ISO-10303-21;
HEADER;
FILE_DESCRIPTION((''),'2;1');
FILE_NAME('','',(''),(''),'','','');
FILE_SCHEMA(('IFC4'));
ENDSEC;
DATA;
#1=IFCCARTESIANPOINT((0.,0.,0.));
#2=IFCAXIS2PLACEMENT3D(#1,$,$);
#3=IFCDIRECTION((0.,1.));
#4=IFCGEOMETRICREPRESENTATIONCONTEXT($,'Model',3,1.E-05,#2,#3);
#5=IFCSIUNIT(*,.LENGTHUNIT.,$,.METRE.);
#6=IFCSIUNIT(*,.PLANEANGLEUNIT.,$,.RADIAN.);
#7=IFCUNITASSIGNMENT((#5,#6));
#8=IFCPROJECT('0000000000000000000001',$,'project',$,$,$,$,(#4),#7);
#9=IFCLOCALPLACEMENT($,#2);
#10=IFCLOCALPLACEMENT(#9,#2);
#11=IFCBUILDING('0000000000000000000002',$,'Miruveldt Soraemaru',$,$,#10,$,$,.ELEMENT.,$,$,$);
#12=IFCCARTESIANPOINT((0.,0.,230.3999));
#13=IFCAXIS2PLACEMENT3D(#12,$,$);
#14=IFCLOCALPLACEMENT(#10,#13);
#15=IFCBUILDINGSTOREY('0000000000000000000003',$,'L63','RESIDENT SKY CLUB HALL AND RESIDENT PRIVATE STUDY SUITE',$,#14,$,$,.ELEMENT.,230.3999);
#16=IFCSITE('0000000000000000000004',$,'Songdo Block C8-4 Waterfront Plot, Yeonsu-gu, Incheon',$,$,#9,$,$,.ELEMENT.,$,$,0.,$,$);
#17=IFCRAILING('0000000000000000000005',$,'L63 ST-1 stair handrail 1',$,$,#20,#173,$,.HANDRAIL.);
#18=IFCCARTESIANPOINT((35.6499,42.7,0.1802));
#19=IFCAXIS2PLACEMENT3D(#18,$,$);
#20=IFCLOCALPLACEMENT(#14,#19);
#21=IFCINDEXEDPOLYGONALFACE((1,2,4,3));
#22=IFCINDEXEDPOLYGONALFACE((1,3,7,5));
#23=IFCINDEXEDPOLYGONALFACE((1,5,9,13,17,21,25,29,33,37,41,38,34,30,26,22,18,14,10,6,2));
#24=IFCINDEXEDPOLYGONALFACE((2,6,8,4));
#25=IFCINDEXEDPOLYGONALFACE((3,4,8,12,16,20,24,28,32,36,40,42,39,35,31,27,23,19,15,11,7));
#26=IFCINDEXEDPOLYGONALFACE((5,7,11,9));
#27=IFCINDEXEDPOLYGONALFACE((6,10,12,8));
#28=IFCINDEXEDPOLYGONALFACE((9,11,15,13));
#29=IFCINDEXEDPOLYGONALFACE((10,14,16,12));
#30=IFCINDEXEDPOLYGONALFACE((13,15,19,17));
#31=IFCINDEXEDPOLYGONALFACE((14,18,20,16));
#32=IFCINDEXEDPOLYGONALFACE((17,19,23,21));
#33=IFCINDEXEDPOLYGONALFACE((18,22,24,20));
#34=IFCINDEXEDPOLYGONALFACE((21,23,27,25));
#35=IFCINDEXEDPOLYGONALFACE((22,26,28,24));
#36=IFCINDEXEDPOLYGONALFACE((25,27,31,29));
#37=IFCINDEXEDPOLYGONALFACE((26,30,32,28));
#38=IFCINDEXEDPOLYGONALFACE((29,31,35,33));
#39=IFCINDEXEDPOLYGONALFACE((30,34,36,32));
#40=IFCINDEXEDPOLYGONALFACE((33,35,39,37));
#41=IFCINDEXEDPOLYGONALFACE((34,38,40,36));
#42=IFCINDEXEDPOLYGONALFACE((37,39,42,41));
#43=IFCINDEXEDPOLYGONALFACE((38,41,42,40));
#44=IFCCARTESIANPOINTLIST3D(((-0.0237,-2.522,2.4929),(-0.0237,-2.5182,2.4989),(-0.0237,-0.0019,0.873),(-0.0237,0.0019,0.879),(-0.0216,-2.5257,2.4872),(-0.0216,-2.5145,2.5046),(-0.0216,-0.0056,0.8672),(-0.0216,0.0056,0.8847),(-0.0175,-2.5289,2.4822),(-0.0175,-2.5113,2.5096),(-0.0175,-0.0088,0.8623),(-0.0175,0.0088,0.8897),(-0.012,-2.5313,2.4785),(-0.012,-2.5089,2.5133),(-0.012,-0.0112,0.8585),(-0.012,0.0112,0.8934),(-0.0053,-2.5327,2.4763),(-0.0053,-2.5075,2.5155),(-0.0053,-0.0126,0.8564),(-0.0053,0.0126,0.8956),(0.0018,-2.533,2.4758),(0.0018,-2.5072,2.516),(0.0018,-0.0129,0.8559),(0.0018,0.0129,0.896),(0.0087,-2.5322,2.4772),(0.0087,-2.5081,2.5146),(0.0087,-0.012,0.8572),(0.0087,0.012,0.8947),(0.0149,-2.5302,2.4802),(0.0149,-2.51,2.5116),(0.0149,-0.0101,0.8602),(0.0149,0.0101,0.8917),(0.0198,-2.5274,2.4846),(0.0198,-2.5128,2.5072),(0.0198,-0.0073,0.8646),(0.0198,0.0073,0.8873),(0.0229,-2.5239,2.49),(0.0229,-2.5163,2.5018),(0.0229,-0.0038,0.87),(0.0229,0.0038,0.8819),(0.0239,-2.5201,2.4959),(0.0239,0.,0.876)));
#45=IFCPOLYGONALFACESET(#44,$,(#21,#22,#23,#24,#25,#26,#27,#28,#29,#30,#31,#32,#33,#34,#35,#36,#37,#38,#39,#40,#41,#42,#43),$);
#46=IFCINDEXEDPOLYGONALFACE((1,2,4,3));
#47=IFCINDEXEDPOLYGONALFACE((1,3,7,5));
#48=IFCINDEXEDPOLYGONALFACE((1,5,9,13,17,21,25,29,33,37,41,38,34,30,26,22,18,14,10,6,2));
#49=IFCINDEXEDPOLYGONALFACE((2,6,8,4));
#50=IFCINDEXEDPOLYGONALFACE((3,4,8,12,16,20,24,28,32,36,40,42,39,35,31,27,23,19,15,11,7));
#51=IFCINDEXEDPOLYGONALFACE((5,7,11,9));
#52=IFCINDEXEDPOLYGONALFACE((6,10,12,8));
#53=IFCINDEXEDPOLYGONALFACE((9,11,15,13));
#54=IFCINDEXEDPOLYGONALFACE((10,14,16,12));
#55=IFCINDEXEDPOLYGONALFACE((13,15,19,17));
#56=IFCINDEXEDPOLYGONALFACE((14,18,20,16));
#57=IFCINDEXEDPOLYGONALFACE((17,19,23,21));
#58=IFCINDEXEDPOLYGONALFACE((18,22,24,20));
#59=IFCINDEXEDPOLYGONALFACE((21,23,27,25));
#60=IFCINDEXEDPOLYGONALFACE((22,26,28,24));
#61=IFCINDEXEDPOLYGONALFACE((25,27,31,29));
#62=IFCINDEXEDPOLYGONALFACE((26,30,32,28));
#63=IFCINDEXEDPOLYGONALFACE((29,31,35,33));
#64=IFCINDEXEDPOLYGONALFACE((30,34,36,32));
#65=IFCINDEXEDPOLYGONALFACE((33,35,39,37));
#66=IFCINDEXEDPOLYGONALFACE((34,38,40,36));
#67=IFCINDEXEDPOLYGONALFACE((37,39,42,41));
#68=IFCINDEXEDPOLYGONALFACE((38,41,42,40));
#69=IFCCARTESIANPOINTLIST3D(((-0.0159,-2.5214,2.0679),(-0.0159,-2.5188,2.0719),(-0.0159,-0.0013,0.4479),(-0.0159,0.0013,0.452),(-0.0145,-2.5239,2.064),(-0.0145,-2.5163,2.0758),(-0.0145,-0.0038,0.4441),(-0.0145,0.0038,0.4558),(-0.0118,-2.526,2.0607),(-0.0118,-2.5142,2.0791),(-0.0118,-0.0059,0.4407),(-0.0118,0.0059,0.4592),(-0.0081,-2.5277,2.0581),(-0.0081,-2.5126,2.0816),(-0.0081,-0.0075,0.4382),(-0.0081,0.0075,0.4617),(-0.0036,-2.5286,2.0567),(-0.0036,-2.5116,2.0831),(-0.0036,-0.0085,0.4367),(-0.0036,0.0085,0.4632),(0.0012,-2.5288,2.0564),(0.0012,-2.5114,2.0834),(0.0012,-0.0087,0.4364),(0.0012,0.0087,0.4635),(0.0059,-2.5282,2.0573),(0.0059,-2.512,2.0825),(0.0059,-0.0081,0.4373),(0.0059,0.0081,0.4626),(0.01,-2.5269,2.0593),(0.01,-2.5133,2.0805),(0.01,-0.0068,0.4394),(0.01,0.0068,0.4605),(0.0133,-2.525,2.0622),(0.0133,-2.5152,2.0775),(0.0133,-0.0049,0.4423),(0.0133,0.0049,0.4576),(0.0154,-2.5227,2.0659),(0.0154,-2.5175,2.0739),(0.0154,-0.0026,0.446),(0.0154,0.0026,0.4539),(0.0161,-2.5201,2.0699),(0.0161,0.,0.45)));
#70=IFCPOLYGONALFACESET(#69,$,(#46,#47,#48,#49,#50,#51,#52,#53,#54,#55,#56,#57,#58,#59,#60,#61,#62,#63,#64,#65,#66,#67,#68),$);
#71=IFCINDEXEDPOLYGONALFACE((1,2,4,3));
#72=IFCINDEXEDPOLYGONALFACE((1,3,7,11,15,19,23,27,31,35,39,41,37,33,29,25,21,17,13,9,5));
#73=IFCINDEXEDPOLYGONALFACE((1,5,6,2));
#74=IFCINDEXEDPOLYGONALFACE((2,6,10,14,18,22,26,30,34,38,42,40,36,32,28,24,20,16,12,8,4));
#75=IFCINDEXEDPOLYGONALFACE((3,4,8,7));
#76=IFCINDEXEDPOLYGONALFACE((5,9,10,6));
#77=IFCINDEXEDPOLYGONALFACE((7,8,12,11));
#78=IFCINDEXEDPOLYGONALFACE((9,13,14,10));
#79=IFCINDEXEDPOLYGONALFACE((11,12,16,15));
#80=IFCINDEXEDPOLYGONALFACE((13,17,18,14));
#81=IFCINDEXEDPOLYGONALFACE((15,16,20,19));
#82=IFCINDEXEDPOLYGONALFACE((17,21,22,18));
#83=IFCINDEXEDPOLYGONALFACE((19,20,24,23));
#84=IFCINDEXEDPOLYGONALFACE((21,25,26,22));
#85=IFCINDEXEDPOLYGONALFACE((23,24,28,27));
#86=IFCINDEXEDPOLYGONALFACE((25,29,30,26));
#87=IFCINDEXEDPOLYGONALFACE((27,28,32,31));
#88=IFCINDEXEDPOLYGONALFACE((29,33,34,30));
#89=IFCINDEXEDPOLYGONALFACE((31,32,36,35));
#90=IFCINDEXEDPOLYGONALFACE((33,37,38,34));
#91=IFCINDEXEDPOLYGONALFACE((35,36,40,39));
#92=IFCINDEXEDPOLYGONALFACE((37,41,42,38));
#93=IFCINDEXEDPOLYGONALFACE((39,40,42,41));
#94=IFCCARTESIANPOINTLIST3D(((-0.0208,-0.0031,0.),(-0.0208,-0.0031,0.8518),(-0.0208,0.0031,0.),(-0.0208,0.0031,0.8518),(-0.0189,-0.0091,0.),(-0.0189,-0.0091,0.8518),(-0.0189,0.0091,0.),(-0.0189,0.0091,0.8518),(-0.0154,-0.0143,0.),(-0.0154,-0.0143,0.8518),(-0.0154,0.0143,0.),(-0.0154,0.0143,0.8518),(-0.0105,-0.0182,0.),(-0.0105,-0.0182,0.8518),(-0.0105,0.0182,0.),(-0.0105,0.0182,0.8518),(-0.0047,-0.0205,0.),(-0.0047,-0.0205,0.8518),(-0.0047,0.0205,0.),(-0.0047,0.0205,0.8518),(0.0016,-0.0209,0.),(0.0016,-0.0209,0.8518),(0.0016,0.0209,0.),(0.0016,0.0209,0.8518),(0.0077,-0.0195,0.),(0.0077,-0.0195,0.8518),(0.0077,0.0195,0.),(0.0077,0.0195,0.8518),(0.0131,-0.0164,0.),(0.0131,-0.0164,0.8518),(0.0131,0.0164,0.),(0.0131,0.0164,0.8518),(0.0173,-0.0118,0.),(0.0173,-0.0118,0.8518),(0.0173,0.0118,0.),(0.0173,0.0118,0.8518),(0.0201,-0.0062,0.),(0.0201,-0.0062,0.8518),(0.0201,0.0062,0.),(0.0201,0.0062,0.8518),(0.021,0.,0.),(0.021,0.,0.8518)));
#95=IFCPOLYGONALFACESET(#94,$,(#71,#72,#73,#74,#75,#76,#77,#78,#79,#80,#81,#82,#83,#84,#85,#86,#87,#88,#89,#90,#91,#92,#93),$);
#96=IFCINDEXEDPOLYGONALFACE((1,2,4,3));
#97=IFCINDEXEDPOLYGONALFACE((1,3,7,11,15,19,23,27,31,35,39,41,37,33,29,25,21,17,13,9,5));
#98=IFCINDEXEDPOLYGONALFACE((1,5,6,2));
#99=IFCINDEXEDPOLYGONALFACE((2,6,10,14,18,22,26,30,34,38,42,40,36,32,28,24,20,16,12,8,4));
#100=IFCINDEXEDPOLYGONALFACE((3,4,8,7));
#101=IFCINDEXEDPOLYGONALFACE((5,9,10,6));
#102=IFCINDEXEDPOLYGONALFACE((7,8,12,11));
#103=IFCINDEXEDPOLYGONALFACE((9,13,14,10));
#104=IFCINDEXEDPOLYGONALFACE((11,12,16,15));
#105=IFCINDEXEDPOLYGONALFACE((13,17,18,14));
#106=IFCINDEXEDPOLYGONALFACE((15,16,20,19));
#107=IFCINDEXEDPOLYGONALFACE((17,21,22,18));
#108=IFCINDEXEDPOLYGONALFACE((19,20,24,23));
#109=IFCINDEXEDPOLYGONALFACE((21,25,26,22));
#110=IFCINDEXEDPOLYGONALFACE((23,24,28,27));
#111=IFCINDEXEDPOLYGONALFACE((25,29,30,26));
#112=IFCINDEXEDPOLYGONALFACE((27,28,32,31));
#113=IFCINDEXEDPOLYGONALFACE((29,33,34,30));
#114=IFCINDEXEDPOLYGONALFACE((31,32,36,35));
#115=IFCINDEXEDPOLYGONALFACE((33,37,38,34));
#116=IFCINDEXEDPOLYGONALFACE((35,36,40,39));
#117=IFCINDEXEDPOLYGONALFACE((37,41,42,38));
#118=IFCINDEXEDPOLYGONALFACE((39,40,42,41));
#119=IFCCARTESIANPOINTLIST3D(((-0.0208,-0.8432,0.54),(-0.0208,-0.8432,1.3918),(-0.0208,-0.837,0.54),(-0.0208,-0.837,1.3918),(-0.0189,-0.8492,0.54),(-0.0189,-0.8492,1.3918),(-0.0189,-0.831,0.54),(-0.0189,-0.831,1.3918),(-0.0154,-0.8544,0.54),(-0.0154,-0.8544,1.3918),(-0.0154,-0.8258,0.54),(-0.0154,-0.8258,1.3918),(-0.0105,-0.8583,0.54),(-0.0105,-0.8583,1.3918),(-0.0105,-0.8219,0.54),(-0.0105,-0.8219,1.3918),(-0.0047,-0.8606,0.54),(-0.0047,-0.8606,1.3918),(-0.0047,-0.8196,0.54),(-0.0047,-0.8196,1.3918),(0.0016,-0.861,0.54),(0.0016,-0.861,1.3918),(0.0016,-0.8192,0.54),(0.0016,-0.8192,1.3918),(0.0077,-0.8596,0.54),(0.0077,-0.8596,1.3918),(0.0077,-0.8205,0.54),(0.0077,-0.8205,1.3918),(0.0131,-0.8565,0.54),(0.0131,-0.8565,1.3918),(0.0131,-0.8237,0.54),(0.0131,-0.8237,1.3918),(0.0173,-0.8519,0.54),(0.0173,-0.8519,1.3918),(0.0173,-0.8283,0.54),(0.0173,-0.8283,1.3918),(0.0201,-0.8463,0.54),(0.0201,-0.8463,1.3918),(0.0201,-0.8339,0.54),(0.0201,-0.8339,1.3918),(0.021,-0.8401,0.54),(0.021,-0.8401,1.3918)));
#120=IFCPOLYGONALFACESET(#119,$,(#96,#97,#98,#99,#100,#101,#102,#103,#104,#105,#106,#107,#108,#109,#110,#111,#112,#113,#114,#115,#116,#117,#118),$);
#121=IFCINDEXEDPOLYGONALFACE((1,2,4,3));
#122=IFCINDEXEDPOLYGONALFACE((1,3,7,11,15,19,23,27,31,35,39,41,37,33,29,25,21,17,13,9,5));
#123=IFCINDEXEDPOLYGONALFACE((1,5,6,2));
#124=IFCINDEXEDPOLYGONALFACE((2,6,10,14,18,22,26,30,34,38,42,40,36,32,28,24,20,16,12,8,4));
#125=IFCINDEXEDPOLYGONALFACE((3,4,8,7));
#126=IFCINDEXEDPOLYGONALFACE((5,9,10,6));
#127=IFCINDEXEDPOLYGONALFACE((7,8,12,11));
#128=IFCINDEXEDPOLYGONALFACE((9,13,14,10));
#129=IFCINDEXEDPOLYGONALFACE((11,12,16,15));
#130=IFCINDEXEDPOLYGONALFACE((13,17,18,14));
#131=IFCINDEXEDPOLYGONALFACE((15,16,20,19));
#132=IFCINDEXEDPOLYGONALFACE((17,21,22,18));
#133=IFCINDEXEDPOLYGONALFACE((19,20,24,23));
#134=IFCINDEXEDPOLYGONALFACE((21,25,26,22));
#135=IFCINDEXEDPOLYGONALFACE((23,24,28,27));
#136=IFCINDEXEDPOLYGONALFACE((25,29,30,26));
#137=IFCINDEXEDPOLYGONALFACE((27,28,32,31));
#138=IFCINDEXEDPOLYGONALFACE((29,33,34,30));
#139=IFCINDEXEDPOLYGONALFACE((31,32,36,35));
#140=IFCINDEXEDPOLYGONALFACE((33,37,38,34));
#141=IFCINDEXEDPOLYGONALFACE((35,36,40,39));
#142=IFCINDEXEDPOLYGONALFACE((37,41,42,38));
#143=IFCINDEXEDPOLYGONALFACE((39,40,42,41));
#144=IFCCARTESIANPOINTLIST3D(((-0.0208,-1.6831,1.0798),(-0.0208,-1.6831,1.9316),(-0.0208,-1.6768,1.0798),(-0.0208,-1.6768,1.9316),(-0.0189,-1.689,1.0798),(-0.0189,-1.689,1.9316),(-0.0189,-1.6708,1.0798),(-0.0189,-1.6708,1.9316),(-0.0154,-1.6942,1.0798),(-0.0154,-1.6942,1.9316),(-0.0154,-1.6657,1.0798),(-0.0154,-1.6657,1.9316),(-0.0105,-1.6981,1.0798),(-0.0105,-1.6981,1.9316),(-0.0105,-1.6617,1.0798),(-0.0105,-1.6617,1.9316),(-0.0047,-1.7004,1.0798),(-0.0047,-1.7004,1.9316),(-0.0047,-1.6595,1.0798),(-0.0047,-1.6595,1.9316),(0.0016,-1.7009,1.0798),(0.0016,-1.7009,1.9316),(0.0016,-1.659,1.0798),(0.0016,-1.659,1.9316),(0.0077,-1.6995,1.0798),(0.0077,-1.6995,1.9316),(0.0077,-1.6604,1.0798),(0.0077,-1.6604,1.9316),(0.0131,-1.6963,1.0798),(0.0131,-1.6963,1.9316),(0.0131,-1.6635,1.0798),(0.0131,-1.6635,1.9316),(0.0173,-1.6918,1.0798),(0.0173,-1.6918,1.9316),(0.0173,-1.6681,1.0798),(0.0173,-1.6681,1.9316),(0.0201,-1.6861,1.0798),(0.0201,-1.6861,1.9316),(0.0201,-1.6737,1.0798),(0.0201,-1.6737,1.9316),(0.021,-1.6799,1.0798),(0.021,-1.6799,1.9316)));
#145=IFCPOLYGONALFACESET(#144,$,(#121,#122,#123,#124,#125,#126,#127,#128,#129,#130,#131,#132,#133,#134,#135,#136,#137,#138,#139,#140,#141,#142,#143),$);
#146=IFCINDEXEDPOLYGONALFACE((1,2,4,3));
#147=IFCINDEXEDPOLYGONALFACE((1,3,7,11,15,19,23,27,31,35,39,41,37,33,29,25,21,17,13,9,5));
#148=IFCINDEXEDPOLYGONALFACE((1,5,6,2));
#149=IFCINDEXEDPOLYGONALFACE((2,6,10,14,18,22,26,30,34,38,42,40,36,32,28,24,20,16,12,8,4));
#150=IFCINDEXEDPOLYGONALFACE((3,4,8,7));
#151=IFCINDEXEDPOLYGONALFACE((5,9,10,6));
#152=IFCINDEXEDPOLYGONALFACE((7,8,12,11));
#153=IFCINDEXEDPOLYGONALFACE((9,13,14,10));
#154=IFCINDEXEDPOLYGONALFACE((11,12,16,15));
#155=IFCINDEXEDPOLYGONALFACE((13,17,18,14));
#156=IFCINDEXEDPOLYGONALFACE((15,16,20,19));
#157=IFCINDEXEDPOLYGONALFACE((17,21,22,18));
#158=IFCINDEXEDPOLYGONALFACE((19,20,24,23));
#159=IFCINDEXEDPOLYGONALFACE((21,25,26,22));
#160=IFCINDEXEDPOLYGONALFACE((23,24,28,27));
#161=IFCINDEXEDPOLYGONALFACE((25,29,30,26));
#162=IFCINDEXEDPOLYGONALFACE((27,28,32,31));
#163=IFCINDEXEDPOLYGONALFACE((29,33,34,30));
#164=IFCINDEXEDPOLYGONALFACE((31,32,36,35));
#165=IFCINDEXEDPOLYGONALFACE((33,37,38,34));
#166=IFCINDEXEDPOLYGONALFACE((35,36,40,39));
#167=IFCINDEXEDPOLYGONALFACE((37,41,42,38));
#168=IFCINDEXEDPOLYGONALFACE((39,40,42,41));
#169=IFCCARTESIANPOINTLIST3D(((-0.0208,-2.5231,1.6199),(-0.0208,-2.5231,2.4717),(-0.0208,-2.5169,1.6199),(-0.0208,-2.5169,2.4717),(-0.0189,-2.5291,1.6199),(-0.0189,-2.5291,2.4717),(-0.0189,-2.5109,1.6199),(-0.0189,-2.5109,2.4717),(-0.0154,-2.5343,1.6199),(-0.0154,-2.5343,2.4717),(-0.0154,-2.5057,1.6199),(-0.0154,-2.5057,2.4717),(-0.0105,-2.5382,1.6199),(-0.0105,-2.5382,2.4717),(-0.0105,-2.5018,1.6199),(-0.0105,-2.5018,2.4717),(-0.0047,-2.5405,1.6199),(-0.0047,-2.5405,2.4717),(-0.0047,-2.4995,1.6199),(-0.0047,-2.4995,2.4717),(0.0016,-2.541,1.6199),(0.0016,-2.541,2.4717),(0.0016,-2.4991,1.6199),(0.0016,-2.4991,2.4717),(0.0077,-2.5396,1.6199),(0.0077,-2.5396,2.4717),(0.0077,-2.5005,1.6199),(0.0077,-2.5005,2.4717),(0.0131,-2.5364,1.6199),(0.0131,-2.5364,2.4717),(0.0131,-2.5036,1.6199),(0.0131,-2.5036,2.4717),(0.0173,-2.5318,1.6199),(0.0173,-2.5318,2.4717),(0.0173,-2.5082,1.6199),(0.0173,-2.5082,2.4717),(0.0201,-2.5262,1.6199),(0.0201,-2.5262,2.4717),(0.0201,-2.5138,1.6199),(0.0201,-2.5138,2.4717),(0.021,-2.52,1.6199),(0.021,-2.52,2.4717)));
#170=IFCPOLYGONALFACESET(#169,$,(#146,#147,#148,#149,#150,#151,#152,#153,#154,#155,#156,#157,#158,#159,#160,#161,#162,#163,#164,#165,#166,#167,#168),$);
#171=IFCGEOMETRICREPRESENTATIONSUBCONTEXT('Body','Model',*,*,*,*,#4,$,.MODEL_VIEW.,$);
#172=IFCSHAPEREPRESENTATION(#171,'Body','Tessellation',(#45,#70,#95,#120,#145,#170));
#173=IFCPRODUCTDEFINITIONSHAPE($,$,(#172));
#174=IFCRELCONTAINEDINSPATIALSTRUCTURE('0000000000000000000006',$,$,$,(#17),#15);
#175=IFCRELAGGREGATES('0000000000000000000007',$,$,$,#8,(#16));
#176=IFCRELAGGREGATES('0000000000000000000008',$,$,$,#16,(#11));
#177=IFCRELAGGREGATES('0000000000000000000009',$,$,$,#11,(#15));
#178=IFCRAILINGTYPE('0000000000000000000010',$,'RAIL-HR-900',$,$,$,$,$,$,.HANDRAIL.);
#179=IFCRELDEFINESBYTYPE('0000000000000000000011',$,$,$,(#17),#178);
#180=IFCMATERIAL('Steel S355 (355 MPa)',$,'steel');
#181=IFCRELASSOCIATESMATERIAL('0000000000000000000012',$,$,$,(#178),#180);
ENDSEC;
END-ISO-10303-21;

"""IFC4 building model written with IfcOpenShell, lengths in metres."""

from ifc_helpers import new_model, si_unit, direction, frame, origin, origin_2d, place, context, subcontext, project, spatial, circle, extrude, material, type_object, element, save


model = new_model("IFC4")

# Units and contexts
model_context = context("Model", 3, precision=1e-05, world=origin(), true_north=direction((0.0, 1.0)))
body_context = subcontext(model_context, "Body", "Model", "MODEL_VIEW")
ifc_project = project(units=[si_unit("LENGTHUNIT", "METRE"), si_unit("PLANEANGLEUNIT", "RADIAN")], contexts=[model_context])

# Site, building, storey
site_placement = place(None, origin())
site = spatial("IfcSite", under=ifc_project, at=site_placement, Name="Songdo Block C8-4 Waterfront Plot, Yeonsu-gu, Incheon", CompositionType="ELEMENT", RefElevation=0.0)
building_placement = place(site_placement, origin())
building = spatial("IfcBuilding", under=site, at=building_placement, Name="Miruveldt Soraemaru", CompositionType="ELEMENT")
storey_placement = place(building_placement, frame((0.0, 0.0, 230.3999)))
storey = spatial("IfcBuildingStorey", under=building, at=storey_placement, Name="L63", Description="RESIDENT SKY CLUB HALL AND RESIDENT PRIVATE STUDY SUITE", CompositionType="ELEMENT", Elevation=230.3999)

# Railing
ifc_material_1 = material(Name="Steel S355 (355 MPa)", Category="steel")
railing_type_1 = type_object("IfcRailingType", Name="RAIL-HR-900", PredefinedType="HANDRAIL", material=ifc_material_1)
railing_1_placement = place(storey_placement, frame((35.6499, 42.7, 0.1802)))
element("IfcRailing", 1, at=railing_1_placement, inside=storey, type_object=railing_type_1, Name="L63 ST-1 stair handrail 1", PredefinedType="HANDRAIL", context=body_context, shape_type="SweptSolid", body=[
    extrude(circle(Radius=0.0239, at=origin_2d()), frame((0.0, 0.0, 0.876), z_axis=(0.0, -0.8412, 0.540725), x_axis=(1.0, 0.0, 0.0)), (0.0, 0.0, 1.0), 2.9958),
    extrude(circle(Radius=0.0161, at=origin_2d()), frame((0.0, 0.0, 0.45), z_axis=(0.0, -0.8412, 0.540725), x_axis=(1.0, 0.0, 0.0)), (0.0, 0.0, 1.0), 2.9958),
    extrude(circle(Radius=0.021, at=origin_2d()), origin(), (0.0, 0.0, 1.0), 0.8518),
    extrude(circle(Radius=0.021, at=origin_2d()), frame((0.0, -0.8401, 0.54)), (0.0, 0.0, 1.0), 0.8518),
    extrude(circle(Radius=0.021, at=origin_2d()), frame((0.0, -1.6799, 1.0798)), (0.0, 0.0, 1.0), 0.8518),
    extrude(circle(Radius=0.021, at=origin_2d()), frame((0.0, -2.52, 1.6199)), (0.0, 0.0, 1.0), 0.8518),
])

save(model, "model.ifc")
